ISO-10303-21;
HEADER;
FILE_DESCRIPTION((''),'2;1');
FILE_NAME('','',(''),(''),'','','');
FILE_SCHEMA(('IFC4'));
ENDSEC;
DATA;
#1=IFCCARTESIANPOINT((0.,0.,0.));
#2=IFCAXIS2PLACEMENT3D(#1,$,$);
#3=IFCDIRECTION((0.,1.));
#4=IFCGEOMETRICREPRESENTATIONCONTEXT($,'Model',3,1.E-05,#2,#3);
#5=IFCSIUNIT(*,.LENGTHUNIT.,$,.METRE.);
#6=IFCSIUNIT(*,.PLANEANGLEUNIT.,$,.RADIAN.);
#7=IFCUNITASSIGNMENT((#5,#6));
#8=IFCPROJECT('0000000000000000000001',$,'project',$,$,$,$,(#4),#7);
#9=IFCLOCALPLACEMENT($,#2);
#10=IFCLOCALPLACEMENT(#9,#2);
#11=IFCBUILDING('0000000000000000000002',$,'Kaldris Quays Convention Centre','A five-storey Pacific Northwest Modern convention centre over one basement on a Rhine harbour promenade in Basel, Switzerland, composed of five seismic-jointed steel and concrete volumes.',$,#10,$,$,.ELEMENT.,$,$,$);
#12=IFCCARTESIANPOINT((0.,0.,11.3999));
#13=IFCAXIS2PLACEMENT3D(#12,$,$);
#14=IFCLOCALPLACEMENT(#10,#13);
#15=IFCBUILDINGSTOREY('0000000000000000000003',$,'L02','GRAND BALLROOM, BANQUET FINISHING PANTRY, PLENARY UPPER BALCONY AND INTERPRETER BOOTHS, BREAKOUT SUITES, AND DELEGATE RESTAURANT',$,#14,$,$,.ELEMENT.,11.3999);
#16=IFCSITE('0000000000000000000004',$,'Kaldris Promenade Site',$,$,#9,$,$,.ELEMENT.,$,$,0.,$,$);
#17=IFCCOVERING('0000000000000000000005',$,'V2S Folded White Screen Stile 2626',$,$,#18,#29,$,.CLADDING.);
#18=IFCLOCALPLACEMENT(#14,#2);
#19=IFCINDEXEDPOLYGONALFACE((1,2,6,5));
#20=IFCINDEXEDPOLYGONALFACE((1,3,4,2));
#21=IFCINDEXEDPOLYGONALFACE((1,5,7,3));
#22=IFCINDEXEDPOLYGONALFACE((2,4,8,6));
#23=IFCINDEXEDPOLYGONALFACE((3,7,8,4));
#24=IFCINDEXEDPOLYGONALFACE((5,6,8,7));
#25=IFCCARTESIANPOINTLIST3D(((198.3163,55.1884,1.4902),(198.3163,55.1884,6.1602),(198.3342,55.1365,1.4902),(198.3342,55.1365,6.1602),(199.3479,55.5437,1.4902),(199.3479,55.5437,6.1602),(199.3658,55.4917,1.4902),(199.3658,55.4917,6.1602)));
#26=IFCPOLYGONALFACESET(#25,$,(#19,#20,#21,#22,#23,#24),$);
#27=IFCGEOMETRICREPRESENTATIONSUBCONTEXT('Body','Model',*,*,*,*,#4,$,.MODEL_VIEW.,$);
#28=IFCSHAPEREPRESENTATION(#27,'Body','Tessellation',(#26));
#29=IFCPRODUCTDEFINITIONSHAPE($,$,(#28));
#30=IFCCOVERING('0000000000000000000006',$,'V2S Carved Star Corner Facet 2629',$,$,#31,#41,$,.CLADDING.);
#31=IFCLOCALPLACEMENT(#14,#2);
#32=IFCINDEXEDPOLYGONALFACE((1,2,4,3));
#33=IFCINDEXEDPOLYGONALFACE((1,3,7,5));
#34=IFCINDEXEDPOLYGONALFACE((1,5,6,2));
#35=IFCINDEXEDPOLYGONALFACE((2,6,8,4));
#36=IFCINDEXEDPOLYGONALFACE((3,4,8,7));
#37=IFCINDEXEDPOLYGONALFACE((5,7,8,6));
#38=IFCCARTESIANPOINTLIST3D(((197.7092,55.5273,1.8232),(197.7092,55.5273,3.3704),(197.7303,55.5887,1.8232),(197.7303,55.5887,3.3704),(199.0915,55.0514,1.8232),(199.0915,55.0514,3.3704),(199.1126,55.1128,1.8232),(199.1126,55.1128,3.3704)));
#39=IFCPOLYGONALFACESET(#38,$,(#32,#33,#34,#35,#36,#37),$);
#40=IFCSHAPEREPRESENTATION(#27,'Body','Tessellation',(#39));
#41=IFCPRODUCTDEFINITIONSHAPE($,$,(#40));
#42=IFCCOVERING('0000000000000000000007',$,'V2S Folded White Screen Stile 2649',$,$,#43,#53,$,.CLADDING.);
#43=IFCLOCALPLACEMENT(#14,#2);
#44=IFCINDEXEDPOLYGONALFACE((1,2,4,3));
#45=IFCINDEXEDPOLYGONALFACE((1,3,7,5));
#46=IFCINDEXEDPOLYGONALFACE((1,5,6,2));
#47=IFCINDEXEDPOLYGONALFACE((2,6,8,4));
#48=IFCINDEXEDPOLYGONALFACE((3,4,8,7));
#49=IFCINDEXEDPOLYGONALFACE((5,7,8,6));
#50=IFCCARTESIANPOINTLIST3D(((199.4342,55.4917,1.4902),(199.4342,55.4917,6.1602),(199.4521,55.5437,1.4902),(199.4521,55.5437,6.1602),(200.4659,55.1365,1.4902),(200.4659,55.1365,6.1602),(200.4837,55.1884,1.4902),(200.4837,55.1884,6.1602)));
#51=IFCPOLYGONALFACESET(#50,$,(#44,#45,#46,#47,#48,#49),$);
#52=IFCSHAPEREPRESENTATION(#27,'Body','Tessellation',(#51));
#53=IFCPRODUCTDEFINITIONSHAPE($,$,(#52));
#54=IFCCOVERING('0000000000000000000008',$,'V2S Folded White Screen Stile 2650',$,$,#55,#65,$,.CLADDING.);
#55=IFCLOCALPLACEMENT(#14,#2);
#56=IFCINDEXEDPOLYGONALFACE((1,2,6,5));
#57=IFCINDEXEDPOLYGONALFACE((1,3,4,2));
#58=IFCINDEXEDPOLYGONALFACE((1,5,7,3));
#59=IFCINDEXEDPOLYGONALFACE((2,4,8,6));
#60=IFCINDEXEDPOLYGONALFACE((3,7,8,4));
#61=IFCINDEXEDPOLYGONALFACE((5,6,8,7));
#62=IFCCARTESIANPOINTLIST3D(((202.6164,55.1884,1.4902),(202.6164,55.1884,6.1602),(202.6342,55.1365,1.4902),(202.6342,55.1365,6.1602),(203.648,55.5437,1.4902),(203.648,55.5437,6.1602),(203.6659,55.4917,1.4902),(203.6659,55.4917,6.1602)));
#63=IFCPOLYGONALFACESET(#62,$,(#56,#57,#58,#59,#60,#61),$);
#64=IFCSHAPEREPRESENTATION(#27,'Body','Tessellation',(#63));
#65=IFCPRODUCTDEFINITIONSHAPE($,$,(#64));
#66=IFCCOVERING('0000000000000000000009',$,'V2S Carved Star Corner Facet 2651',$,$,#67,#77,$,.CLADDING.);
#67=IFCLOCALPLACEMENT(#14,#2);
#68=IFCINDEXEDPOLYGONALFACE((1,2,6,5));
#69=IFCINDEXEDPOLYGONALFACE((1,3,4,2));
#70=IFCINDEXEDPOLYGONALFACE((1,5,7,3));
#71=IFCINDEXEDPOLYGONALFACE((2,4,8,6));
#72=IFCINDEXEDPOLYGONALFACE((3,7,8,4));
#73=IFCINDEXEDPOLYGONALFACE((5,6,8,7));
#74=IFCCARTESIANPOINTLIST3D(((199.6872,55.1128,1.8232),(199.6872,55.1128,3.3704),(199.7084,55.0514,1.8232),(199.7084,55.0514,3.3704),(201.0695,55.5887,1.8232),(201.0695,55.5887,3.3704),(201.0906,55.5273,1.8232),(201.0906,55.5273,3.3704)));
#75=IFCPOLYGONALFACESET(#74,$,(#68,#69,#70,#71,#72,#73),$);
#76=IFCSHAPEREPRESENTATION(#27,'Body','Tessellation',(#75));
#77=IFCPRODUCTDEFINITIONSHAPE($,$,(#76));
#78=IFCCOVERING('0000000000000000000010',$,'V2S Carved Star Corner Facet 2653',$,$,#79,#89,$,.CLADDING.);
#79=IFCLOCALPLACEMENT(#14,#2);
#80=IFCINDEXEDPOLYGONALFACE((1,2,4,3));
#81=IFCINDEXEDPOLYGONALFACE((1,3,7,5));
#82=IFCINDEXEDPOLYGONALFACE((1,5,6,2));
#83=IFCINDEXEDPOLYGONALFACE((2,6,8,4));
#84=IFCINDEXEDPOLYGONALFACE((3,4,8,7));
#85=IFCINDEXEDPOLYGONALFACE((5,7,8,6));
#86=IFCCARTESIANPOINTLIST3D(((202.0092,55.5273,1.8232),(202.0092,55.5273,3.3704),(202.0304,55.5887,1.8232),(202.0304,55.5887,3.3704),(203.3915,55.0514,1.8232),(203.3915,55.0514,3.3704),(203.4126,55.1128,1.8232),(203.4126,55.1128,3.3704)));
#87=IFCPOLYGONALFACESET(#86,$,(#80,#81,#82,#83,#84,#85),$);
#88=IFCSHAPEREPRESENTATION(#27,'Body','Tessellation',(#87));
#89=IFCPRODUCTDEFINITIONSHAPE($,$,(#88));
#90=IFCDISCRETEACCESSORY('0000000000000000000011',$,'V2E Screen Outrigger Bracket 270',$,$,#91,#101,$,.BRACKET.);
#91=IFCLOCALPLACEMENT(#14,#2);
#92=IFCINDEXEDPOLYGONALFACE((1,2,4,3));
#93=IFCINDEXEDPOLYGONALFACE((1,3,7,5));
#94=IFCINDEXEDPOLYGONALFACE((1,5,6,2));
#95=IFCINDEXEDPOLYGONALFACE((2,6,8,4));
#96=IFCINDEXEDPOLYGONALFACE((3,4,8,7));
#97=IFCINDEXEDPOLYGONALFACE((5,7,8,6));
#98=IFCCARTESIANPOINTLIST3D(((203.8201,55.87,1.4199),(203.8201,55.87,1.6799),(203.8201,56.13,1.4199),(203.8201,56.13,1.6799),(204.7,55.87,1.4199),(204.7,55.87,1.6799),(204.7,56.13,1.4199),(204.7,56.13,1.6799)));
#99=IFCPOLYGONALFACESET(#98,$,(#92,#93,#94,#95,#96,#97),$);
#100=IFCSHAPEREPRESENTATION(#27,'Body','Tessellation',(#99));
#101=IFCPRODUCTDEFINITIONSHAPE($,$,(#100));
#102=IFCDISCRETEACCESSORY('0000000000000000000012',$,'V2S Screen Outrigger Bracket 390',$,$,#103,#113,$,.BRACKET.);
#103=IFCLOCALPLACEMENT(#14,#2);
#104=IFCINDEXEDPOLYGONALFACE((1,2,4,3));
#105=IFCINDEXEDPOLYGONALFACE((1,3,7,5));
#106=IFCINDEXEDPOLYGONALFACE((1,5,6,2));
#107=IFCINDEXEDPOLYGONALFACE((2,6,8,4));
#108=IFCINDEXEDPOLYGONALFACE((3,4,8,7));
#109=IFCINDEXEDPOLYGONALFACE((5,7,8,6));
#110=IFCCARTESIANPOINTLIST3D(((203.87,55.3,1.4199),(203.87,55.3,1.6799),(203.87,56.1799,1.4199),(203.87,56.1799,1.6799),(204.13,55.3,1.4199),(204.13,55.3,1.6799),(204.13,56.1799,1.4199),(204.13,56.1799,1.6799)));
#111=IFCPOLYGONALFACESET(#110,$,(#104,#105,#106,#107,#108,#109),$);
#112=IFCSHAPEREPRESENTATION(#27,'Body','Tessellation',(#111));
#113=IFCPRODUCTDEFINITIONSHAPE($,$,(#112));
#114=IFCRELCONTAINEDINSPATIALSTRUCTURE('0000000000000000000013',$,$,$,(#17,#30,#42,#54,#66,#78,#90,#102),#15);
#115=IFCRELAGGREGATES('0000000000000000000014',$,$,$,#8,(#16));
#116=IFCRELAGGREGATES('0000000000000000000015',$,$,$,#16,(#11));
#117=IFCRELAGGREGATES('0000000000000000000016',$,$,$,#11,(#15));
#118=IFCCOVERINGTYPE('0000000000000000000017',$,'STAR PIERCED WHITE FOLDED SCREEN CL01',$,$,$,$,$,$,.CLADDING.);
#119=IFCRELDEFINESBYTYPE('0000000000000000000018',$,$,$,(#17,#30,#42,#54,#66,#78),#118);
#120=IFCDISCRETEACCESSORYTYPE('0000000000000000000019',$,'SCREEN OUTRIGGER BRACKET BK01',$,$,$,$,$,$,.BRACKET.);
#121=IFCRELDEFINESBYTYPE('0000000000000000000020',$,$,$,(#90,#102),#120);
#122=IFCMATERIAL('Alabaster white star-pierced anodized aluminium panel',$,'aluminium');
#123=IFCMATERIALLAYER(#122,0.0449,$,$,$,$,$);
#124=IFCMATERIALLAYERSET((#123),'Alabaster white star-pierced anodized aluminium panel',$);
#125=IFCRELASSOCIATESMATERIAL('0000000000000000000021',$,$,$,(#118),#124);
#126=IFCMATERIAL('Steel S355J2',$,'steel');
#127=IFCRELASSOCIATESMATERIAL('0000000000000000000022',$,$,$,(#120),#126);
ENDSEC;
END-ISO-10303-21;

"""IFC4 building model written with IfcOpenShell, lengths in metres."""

from ifc_helpers import new_model, si_unit, direction, frame, origin, origin_2d, place, context, subcontext, project, spatial, rectangle, extrude, material, layer, layer_set, type_object, element, save


model = new_model("IFC4")

# Units and contexts
model_context = context("Model", 3, precision=1e-05, world=origin(), true_north=direction((0.0, 1.0)))
body_context = subcontext(model_context, "Body", "Model", "MODEL_VIEW")
ifc_project = project(units=[si_unit("LENGTHUNIT", "METRE"), si_unit("PLANEANGLEUNIT", "RADIAN")], contexts=[model_context])

# Site, building, storey
site_placement = place(None, origin())
site = spatial("IfcSite", under=ifc_project, at=site_placement, Name="Kaldris Promenade Site", CompositionType="ELEMENT", RefElevation=0.0)
building_placement = place(site_placement, origin())
building = spatial("IfcBuilding", under=site, at=building_placement, Name="Kaldris Quays Convention Centre", Description="A five-storey Pacific Northwest Modern convention centre over one basement on a Rhine harbour promenade in Basel, Switzerland, composed of five seismic-jointed steel and concrete volumes.", CompositionType="ELEMENT")
storey_placement = place(building_placement, frame((0.0, 0.0, 11.3999)))
storey = spatial("IfcBuildingStorey", under=building, at=storey_placement, Name="L02", Description="GRAND BALLROOM, BANQUET FINISHING PANTRY, PLENARY UPPER BALCONY AND INTERPRETER BOOTHS, BREAKOUT SUITES, AND DELEGATE RESTAURANT", CompositionType="ELEMENT", Elevation=11.3999)

# Coverings
ifc_material_1 = material(Name="Alabaster white star-pierced anodized aluminium panel", Category="aluminium")
ifc_layer = layer(ifc_material_1, 0.0449)
ifc_layer_set = layer_set([ifc_layer], Name="Alabaster white star-pierced anodized aluminium panel")
covering_type = type_object("IfcCoveringType", Name="STAR PIERCED WHITE FOLDED SCREEN CL01", PredefinedType="CLADDING", material=ifc_layer_set)
covering_1_placement = place(storey_placement, frame((198.8411, 55.3401, 1.4902), z_axis=(0.0, 0.0, 1.0), x_axis=(0.945519, 0.325568, 0.0)))
element("IfcCovering", 1, at=covering_1_placement, inside=storey, type_object=covering_type, Name="V2S Folded White Screen Stile 2626", PredefinedType="CLADDING", context=body_context, shape_type="SweptSolid", body=[
    extrude(rectangle(XDim=1.0911, YDim=0.0549, at=origin_2d()), origin(), (0.0, 0.0, 1.0), 4.6699),
])
covering_2_placement = place(storey_placement, frame((198.4109, 55.3201, 1.8232), z_axis=(0.0, 0.0, 1.0), x_axis=(0.945519, -0.325568, 0.0)))
element("IfcCovering", 2, at=covering_2_placement, inside=storey, type_object=covering_type, Name="V2S Carved Star Corner Facet 2629", PredefinedType="CLADDING", context=body_context, shape_type="SweptSolid", body=[
    extrude(rectangle(XDim=1.4619, YDim=0.0649, at=origin_2d()), origin(), (0.0, 0.0, 1.0), 1.5471),
])
for number, where, z_axis, x_axis, name in (
    (3, (199.959, 55.3401, 1.4902), (0.0, 0.0, 1.0), (0.945519, -0.325568, 0.0), "V2S Folded White Screen Stile 2649"),
    (4, (203.1411, 55.3401, 1.4902), (0.0, 0.0, 1.0), (0.945519, 0.325568, 0.0), "V2S Folded White Screen Stile 2650"),
):
    element("IfcCovering", number, at=place(storey_placement, frame(where, z_axis=z_axis, x_axis=x_axis)), inside=storey, type_object=covering_type, Name=name, PredefinedType="CLADDING", context=body_context, shape_type="SweptSolid", body=[
        extrude(rectangle(XDim=1.0911, YDim=0.0549, at=origin_2d()), origin(), (0.0, 0.0, 1.0), 4.6699),
    ])
for number, where, z_axis, x_axis, name in (
    (5, (200.3889, 55.3201, 1.8232), (0.0, 0.0, 1.0), (0.945519, 0.325568, 0.0), "V2S Carved Star Corner Facet 2651"),
    (6, (202.7109, 55.3201, 1.8232), (0.0, 0.0, 1.0), (0.945519, -0.325568, 0.0), "V2S Carved Star Corner Facet 2653"),
):
    element("IfcCovering", number, at=place(storey_placement, frame(where, z_axis=z_axis, x_axis=x_axis)), inside=storey, type_object=covering_type, Name=name, PredefinedType="CLADDING", context=body_context, shape_type="SweptSolid", body=[
        extrude(rectangle(XDim=1.4619, YDim=0.0649, at=origin_2d()), origin(), (0.0, 0.0, 1.0), 1.5471),
    ])

# Discrete accessories
ifc_material_2 = material(Name="Steel S355J2", Category="steel")
discrete_accessory_type = type_object("IfcDiscreteAccessoryType", Name="SCREEN OUTRIGGER BRACKET BK01", PredefinedType="BRACKET", material=ifc_material_2)
for number, where, z_axis, x_axis, name in (
    (7, (204.26, 56.0, 1.4199), (0.0, 0.0, 1.0), (0.0, 1.0, 0.0), "V2E Screen Outrigger Bracket 270"),
    (8, (204.0, 55.74, 1.4199), (0.0, 0.0, 1.0), (1.0, 0.0, 0.0), "V2S Screen Outrigger Bracket 390"),
):
    element("IfcDiscreteAccessory", number, at=place(storey_placement, frame(where, z_axis=z_axis, x_axis=x_axis)), inside=storey, type_object=discrete_accessory_type, Name=name, PredefinedType="BRACKET", context=body_context, shape_type="SweptSolid", body=[
        extrude(rectangle(XDim=0.26, YDim=0.8799, at=origin_2d()), origin(), (0.0, 0.0, 1.0), 0.26),
    ])

save(model, "model.ifc")
